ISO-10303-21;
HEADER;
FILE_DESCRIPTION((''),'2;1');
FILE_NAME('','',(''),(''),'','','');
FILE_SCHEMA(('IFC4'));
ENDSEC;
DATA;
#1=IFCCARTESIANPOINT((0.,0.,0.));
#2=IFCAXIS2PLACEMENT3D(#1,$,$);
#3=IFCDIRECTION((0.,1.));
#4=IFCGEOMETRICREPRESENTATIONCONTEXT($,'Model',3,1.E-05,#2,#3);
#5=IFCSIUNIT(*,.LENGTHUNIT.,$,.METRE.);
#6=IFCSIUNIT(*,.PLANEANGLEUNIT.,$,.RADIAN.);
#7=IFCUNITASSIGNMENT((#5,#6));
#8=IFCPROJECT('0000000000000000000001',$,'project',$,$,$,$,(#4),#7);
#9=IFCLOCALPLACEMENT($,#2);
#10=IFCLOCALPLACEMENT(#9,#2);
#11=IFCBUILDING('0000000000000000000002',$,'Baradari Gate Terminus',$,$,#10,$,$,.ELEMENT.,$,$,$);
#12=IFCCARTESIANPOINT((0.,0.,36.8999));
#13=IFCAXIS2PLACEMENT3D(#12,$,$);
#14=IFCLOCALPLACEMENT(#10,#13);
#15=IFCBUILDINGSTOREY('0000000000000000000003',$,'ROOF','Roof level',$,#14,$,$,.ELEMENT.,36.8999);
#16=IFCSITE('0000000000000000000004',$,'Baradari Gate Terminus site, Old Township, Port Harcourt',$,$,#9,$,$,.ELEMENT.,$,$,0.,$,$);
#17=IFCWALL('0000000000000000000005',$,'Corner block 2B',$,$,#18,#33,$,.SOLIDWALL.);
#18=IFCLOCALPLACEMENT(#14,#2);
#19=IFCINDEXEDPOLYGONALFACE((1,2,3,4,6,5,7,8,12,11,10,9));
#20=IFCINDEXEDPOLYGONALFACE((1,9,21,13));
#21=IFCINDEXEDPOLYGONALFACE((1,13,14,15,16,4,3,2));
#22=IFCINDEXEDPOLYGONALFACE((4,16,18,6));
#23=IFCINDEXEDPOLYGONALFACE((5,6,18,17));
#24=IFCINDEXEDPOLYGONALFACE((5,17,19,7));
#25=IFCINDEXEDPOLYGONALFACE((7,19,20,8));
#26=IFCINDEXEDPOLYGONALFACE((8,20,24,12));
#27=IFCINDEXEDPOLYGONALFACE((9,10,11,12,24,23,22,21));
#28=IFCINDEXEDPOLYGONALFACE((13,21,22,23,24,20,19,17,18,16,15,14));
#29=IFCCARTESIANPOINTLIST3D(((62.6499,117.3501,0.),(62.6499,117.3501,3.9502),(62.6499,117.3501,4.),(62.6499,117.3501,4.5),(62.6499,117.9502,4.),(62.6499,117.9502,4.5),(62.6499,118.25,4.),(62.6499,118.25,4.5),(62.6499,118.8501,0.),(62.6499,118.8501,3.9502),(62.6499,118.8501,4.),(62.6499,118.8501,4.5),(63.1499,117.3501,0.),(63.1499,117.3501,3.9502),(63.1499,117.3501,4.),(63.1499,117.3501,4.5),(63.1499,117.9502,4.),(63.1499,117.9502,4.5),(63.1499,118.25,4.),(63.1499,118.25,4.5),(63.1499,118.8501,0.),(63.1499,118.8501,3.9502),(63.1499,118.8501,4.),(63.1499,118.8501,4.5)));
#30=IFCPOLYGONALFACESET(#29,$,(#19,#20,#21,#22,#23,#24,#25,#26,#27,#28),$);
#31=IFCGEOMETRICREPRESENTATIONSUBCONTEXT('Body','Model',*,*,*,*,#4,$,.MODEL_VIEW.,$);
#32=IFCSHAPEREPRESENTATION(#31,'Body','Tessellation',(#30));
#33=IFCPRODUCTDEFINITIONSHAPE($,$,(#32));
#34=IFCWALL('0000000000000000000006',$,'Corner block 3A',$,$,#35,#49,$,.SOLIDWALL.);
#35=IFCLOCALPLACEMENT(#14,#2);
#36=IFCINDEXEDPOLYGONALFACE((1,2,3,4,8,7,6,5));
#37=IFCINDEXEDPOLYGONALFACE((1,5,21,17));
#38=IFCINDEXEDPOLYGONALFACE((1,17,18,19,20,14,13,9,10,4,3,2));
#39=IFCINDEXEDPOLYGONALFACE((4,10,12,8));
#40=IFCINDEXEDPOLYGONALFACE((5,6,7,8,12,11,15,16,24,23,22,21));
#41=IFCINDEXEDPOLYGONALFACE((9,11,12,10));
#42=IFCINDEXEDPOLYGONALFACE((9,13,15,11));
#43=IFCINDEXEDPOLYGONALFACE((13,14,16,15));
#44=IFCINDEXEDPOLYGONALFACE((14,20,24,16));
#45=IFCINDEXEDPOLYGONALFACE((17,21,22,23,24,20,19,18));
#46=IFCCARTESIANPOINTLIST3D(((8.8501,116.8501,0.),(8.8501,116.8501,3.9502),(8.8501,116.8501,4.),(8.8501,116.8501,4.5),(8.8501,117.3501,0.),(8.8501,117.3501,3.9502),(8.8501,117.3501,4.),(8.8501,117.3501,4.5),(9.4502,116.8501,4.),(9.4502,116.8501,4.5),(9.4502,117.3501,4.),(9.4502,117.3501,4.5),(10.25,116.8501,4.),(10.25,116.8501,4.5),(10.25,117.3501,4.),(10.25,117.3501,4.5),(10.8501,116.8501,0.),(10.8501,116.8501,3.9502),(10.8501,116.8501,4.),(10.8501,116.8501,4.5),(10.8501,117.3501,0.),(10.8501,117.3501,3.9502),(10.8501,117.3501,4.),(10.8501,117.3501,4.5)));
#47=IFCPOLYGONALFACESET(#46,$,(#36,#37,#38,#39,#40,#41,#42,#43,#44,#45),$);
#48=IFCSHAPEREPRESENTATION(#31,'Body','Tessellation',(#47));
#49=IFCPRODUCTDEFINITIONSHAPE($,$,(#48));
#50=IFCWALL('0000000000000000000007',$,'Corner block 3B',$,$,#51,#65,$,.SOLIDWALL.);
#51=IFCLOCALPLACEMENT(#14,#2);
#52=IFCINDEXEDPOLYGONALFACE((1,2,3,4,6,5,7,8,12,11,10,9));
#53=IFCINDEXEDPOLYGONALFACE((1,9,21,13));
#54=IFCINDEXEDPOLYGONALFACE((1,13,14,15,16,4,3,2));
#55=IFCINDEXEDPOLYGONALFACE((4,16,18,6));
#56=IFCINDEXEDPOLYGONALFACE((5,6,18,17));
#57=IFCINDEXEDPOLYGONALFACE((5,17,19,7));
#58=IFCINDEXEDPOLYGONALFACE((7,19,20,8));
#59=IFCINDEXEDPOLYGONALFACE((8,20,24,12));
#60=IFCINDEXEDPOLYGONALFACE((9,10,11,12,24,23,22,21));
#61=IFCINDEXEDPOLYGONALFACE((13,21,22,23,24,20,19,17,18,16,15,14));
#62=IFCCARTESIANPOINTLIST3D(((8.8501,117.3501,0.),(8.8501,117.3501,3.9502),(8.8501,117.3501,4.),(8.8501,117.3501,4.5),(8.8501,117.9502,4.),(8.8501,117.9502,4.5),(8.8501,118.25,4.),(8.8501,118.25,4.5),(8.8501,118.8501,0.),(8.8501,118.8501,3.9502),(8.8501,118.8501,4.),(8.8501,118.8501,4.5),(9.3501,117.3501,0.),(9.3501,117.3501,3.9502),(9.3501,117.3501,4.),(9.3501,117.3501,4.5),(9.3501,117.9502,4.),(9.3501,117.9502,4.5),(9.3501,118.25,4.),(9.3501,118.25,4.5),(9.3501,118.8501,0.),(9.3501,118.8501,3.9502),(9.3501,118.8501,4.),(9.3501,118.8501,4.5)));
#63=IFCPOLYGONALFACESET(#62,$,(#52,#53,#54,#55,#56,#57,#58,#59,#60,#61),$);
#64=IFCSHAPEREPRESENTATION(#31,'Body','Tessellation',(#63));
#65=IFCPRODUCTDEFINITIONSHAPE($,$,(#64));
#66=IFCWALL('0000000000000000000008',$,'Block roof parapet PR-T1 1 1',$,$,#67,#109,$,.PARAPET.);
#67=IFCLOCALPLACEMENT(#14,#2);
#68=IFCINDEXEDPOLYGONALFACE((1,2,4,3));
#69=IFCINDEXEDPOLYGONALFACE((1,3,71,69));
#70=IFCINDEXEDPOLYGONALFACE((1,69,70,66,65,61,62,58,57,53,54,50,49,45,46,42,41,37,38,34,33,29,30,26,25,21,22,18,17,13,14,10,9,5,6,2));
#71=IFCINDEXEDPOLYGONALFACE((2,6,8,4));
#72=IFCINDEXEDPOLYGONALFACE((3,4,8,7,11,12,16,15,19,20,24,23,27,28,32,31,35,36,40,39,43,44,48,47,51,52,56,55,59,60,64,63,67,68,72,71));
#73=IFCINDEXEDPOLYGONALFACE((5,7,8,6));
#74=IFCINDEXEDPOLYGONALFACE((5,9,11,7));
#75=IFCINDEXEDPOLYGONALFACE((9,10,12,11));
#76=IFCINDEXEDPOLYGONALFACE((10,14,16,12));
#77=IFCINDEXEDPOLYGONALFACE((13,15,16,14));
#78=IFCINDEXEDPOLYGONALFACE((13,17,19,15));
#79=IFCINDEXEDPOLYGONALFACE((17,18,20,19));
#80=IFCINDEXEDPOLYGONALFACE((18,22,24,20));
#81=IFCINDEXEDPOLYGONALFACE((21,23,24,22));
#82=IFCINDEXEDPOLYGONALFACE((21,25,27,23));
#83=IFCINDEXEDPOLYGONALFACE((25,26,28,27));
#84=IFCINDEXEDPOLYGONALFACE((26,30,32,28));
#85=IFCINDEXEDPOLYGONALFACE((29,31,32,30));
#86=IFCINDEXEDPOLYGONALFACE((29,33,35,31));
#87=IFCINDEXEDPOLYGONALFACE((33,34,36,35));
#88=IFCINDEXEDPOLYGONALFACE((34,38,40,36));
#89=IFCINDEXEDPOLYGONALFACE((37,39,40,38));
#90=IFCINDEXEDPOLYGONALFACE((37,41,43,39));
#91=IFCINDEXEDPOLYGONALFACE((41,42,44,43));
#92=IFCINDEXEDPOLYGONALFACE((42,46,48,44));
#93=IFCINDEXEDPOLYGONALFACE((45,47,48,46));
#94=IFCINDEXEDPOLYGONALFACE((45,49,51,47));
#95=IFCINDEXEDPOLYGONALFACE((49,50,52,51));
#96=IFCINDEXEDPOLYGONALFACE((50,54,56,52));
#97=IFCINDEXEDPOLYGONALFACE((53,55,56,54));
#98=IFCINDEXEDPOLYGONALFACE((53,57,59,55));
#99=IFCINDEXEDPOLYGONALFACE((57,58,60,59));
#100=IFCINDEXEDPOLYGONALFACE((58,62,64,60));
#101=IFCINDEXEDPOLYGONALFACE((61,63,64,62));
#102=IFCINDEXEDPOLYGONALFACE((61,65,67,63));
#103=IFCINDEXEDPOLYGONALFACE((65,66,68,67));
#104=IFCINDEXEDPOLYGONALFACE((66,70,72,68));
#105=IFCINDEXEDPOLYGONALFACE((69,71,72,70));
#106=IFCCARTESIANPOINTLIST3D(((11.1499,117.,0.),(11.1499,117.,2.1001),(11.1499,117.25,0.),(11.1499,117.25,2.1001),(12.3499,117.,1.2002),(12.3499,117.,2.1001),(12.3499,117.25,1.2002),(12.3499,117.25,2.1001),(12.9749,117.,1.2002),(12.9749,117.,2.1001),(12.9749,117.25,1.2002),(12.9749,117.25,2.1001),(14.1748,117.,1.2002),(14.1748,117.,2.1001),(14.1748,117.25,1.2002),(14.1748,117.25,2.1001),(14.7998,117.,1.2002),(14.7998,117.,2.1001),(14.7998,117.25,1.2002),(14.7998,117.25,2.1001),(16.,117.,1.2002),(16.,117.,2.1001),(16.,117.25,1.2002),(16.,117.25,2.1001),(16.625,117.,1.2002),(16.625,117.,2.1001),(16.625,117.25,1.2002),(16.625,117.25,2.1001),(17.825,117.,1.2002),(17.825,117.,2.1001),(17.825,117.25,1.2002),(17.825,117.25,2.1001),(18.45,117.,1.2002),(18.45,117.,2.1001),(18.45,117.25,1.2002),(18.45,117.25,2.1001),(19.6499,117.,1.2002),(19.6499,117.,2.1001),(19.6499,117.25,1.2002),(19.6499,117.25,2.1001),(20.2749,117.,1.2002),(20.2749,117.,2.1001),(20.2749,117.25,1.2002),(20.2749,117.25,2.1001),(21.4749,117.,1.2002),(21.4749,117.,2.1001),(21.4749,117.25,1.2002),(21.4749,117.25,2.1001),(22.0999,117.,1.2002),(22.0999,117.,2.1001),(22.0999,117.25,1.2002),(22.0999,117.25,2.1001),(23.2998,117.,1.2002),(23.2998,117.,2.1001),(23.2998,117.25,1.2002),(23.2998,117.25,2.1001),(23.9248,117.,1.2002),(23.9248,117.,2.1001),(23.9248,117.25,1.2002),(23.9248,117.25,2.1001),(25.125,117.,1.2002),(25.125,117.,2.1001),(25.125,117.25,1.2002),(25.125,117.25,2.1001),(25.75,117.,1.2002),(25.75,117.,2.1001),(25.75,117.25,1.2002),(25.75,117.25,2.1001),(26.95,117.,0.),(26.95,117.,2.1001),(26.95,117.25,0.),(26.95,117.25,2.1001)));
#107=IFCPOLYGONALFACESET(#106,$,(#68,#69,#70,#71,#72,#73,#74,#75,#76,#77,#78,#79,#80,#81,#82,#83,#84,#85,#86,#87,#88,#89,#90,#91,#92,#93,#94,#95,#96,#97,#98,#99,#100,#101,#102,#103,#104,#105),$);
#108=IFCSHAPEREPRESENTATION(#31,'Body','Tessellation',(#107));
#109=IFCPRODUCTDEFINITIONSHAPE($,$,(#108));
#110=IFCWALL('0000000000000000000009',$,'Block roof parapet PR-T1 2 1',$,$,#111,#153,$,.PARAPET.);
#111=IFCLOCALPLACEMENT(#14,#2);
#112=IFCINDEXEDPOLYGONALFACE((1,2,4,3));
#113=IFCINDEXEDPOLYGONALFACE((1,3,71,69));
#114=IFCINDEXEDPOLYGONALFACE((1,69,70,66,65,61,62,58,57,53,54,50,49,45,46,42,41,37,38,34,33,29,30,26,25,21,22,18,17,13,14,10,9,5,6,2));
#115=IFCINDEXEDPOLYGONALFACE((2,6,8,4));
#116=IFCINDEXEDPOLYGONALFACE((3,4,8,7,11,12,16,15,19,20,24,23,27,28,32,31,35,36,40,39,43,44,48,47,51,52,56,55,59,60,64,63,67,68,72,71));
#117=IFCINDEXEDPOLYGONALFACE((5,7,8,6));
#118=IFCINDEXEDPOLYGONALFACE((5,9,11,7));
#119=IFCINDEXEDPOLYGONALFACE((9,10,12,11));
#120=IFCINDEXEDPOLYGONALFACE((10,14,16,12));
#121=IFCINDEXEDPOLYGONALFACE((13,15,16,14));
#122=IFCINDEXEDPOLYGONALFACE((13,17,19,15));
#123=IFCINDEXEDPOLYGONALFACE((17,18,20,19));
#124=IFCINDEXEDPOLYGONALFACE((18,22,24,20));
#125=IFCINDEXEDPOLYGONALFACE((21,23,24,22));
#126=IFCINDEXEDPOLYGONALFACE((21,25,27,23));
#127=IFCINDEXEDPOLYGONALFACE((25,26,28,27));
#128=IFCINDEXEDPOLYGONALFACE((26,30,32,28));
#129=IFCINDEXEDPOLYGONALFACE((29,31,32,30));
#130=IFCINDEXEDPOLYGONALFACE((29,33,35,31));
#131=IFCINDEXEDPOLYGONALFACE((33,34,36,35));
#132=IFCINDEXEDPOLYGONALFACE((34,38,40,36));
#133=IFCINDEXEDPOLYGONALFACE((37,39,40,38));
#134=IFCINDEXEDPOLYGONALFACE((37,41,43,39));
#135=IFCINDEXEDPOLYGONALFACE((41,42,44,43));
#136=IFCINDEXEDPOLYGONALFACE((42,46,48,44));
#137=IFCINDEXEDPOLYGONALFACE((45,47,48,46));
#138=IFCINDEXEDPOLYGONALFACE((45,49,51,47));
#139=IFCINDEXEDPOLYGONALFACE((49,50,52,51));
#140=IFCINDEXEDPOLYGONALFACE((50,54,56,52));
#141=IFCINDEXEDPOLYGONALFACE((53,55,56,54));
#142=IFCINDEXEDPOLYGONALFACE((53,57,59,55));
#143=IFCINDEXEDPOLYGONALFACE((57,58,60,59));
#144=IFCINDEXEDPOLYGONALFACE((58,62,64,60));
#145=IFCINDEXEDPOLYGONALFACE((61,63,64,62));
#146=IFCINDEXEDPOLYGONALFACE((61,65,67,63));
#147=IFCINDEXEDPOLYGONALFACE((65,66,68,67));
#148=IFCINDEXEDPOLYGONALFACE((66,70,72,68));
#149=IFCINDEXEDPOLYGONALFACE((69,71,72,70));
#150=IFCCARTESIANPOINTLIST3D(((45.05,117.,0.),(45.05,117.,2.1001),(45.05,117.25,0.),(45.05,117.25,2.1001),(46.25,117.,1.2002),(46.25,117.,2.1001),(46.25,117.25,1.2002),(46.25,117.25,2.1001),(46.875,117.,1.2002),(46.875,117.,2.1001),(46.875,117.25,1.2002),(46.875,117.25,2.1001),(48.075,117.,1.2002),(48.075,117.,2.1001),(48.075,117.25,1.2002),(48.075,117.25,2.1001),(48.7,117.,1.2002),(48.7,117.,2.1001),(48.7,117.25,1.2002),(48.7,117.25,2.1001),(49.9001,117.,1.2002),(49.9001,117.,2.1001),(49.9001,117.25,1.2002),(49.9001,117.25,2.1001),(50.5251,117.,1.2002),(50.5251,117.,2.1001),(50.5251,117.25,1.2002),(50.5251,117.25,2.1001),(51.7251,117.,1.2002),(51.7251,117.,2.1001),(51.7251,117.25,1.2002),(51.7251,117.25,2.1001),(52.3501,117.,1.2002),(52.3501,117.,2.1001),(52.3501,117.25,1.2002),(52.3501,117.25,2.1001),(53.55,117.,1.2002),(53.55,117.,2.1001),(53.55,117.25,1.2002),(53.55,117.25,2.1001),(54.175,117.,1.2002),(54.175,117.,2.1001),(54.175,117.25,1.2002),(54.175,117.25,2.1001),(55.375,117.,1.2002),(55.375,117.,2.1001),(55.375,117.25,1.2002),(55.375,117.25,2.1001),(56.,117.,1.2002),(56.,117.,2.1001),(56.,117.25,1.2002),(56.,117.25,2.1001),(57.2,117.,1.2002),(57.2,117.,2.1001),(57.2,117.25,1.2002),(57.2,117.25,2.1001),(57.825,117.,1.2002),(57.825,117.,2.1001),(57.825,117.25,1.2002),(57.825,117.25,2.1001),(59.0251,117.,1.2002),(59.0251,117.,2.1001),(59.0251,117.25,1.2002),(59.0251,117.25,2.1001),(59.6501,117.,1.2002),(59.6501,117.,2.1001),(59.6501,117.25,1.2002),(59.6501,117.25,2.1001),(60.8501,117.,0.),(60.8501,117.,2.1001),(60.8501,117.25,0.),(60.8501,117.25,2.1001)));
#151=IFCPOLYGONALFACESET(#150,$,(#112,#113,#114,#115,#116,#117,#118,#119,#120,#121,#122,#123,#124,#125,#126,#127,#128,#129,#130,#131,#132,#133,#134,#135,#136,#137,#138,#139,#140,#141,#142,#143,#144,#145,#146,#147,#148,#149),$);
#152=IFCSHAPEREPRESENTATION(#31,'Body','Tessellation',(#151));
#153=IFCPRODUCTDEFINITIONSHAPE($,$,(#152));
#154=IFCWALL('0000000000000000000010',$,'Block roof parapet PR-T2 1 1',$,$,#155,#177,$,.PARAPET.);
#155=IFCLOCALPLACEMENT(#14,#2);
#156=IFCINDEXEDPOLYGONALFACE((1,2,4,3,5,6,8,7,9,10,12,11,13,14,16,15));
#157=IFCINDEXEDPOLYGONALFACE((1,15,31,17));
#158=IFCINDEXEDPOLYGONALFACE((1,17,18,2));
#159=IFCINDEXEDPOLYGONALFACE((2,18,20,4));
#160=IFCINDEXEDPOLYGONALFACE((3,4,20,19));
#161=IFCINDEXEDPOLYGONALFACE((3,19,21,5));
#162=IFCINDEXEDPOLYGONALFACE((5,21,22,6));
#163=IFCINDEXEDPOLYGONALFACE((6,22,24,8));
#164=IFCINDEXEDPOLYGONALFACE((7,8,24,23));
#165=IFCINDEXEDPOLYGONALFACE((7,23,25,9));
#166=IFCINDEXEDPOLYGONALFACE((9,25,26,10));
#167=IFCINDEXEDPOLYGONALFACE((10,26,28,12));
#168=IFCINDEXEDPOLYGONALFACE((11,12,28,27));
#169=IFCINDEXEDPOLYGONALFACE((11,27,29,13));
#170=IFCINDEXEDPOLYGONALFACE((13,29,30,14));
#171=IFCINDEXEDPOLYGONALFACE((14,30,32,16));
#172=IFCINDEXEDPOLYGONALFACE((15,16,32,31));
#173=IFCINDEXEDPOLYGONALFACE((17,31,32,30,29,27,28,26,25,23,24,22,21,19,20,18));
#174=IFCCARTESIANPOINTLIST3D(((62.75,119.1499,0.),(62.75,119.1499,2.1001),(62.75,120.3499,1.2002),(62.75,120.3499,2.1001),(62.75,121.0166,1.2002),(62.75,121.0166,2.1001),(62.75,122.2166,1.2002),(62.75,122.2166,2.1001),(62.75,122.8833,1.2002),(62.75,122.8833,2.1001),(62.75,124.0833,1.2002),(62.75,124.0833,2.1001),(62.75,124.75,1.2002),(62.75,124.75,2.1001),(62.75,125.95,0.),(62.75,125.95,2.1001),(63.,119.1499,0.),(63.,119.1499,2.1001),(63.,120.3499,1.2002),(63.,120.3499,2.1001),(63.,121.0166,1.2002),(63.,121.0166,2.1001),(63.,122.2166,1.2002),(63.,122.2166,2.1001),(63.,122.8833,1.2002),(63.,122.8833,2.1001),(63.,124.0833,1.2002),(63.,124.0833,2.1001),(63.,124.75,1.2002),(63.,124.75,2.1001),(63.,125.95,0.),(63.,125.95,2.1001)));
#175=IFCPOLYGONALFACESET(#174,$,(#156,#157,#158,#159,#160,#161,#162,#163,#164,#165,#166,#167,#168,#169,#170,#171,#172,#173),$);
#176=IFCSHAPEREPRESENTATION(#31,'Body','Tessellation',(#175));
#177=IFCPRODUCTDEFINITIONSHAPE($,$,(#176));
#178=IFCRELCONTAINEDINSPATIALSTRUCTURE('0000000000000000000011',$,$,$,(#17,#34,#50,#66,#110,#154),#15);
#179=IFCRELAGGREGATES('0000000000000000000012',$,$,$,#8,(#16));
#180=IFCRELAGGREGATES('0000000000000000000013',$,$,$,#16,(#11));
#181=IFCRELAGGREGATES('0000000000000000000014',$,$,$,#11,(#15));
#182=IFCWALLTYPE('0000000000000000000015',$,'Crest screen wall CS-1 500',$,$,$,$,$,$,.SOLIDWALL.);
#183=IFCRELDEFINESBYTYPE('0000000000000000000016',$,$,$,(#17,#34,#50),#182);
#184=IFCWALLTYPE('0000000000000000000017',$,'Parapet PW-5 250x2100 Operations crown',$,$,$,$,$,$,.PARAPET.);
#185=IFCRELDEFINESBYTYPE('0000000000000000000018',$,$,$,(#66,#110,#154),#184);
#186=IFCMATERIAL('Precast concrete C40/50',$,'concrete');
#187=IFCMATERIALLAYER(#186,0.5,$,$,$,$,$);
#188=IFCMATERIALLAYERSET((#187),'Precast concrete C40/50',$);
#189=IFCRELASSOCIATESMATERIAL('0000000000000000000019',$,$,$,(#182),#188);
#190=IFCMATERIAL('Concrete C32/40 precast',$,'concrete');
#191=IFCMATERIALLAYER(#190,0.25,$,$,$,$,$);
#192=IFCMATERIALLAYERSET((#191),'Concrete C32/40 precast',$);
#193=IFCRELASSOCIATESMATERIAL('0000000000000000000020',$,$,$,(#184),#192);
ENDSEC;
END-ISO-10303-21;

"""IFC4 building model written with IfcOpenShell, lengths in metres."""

from ifc_helpers import new_model, si_unit, direction, frame, origin, place, context, subcontext, project, spatial, polyline, outline, extrude, material, layer, layer_set, type_object, element, save


model = new_model("IFC4")

# Units and contexts
model_context = context("Model", 3, precision=1e-05, world=origin(), true_north=direction((0.0, 1.0)))
body_context = subcontext(model_context, "Body", "Model", "MODEL_VIEW")
ifc_project = project(units=[si_unit("LENGTHUNIT", "METRE"), si_unit("PLANEANGLEUNIT", "RADIAN")], contexts=[model_context])

# Site, building, storey
site_placement = place(None, origin())
site = spatial("IfcSite", under=ifc_project, at=site_placement, Name="Baradari Gate Terminus site, Old Township, Port Harcourt", CompositionType="ELEMENT", RefElevation=0.0)
building_placement = place(site_placement, origin())
building = spatial("IfcBuilding", under=site, at=building_placement, Name="Baradari Gate Terminus", CompositionType="ELEMENT")
storey_placement = place(building_placement, frame((0.0, 0.0, 36.8999)))
storey = spatial("IfcBuildingStorey", under=building, at=storey_placement, Name="ROOF", Description="Roof level", CompositionType="ELEMENT", Elevation=36.8999)

# Walls
ifc_material_1 = material(Name="Precast concrete C40/50", Category="concrete")
ifc_layer_1 = layer(ifc_material_1, 0.5)
ifc_layer_set_1 = layer_set([ifc_layer_1], Name="Precast concrete C40/50")
wall_type_1 = type_object("IfcWallType", Name="Crest screen wall CS-1 500", PredefinedType="SOLIDWALL", material=ifc_layer_set_1)
wall_1_placement = place(storey_placement, frame((62.8999, 117.3501, 0.0), z_axis=(0.0, 0.0, 1.0), x_axis=(0.0, 1.0, 0.0)))
element("IfcWall", 1, at=wall_1_placement, inside=storey, type_object=wall_type_1, Name="Corner block 2B", PredefinedType="SOLIDWALL", context=body_context, shape_type="SweptSolid", body=[
    extrude(outline(polyline([(1.5, 3.9502), (1.5, 4.0), (1.5, 4.5), (0.8999, 4.5), (0.8999, 4.0), (0.6001, 4.0), (0.6001, 4.5), (0.0, 4.5), (0.0, 4.0), (0.0, 3.9502), (0.0, 0.0), (1.5, 0.0), (1.5, 3.9502)])), frame((0.0, 0.25, 0.0), z_axis=(0.0, -1.0, 0.0), x_axis=(1.0, 0.0, 0.0)), (0.0, 0.0, 1.0), 0.5),
])
wall_2_placement = place(storey_placement, frame((8.8501, 117.1001, 0.0), z_axis=(0.0, 0.0, 1.0), x_axis=(1.0, 0.0, 0.0)))
element("IfcWall", 2, at=wall_2_placement, inside=storey, type_object=wall_type_1, Name="Corner block 3A", PredefinedType="SOLIDWALL", context=body_context, shape_type="SweptSolid", body=[
    extrude(outline(polyline([(2.0, 3.9502), (2.0, 4.0), (2.0, 4.5), (1.3999, 4.5), (1.3999, 4.0), (0.6001, 4.0), (0.6001, 4.5), (0.0, 4.5), (0.0, 4.0), (0.0, 3.9502), (0.0, 0.0), (2.0, 0.0), (2.0, 3.9502)])), frame((0.0, 0.25, 0.0), z_axis=(0.0, -1.0, 0.0), x_axis=(1.0, 0.0, 0.0)), (0.0, 0.0, 1.0), 0.5),
])
wall_3_placement = place(storey_placement, frame((9.1001, 117.3501, 0.0), z_axis=(0.0, 0.0, 1.0), x_axis=(0.0, 1.0, 0.0)))
element("IfcWall", 3, at=wall_3_placement, inside=storey, type_object=wall_type_1, Name="Corner block 3B", PredefinedType="SOLIDWALL", context=body_context, shape_type="SweptSolid", body=[
    extrude(outline(polyline([(1.5, 3.9502), (1.5, 4.0), (1.5, 4.5), (0.8999, 4.5), (0.8999, 4.0), (0.6001, 4.0), (0.6001, 4.5), (0.0, 4.5), (0.0, 4.0), (0.0, 3.9502), (0.0, 0.0), (1.5, 0.0), (1.5, 3.9502)])), frame((0.0, 0.25, 0.0), z_axis=(0.0, -1.0, 0.0), x_axis=(1.0, 0.0, 0.0)), (0.0, 0.0, 1.0), 0.5),
])
ifc_material_2 = material(Name="Concrete C32/40 precast", Category="concrete")
ifc_layer_2 = layer(ifc_material_2, 0.25)
ifc_layer_set_2 = layer_set([ifc_layer_2], Name="Concrete C32/40 precast")
wall_type_2 = type_object("IfcWallType", Name="Parapet PW-5 250x2100 Operations crown", PredefinedType="PARAPET", material=ifc_layer_set_2)
for number, where, z_axis, x_axis, name in (
    (4, (11.1499, 117.125, 0.0), (0.0, 0.0, 1.0), (1.0, 0.0, 0.0), "Block roof parapet PR-T1 1 1"),
    (5, (45.05, 117.125, 0.0), (0.0, 0.0, 1.0), (1.0, 0.0, 0.0), "Block roof parapet PR-T1 2 1"),
):
    element("IfcWall", number, at=place(storey_placement, frame(where, z_axis=z_axis, x_axis=x_axis)), inside=storey, type_object=wall_type_2, Name=name, PredefinedType="PARAPET", context=body_context, shape_type="SweptSolid", body=[
        extrude(outline(polyline([(1.2, 1.2002), (1.2, 2.1001), (0.0, 2.1001), (0.0, 0.0), (15.8, 0.0), (15.8, 2.1001), (14.6001, 2.1001), (14.6001, 1.2002), (13.9751, 1.2002), (13.9751, 2.1001), (12.7749, 2.1001), (12.7749, 1.2002), (12.1499, 1.2002), (12.1499, 2.1001), (10.95, 2.1001), (10.95, 1.2002), (10.325, 1.2002), (10.325, 2.1001), (9.125, 2.1001), (9.125, 1.2002), (8.5, 1.2002), (8.5, 2.1001), (7.3, 2.1001), (7.3, 1.2002), (6.675, 1.2002), (6.675, 2.1001), (5.4751, 2.1001), (5.4751, 1.2002), (4.8501, 1.2002), (4.8501, 2.1001), (3.6499, 2.1001), (3.6499, 1.2002), (3.0249, 1.2002), (3.0249, 2.1001), (1.825, 2.1001), (1.825, 1.2002), (1.2, 1.2002)])), frame((0.0, 0.125, 0.0), z_axis=(0.0, -1.0, 0.0), x_axis=(1.0, 0.0, 0.0)), (0.0, 0.0, 1.0), 0.25),
    ])
wall_4_placement = place(storey_placement, frame((62.875, 119.1499, 0.0), z_axis=(0.0, 0.0, 1.0), x_axis=(0.0, 1.0, 0.0)))
element("IfcWall", 6, at=wall_4_placement, inside=storey, type_object=wall_type_2, Name="Block roof parapet PR-T2 1 1", PredefinedType="PARAPET", context=body_context, shape_type="SweptSolid", body=[
    extrude(outline(polyline([(6.8, 0.0), (6.8, 2.1001), (5.6001, 2.1001), (5.6001, 1.2002), (4.9333, 1.2002), (4.9333, 2.1001), (3.7334, 2.1001), (3.7334, 1.2002), (3.0667, 1.2002), (3.0667, 2.1001), (1.8667, 2.1001), (1.8667, 1.2002), (1.2, 1.2002), (1.2, 2.1001), (0.0, 2.1001), (0.0, 0.0), (6.8, 0.0)])), frame((0.0, 0.125, 0.0), z_axis=(0.0, -1.0, 0.0), x_axis=(1.0, 0.0, 0.0)), (0.0, 0.0, 1.0), 0.25),
])

save(model, "model.ifc")
